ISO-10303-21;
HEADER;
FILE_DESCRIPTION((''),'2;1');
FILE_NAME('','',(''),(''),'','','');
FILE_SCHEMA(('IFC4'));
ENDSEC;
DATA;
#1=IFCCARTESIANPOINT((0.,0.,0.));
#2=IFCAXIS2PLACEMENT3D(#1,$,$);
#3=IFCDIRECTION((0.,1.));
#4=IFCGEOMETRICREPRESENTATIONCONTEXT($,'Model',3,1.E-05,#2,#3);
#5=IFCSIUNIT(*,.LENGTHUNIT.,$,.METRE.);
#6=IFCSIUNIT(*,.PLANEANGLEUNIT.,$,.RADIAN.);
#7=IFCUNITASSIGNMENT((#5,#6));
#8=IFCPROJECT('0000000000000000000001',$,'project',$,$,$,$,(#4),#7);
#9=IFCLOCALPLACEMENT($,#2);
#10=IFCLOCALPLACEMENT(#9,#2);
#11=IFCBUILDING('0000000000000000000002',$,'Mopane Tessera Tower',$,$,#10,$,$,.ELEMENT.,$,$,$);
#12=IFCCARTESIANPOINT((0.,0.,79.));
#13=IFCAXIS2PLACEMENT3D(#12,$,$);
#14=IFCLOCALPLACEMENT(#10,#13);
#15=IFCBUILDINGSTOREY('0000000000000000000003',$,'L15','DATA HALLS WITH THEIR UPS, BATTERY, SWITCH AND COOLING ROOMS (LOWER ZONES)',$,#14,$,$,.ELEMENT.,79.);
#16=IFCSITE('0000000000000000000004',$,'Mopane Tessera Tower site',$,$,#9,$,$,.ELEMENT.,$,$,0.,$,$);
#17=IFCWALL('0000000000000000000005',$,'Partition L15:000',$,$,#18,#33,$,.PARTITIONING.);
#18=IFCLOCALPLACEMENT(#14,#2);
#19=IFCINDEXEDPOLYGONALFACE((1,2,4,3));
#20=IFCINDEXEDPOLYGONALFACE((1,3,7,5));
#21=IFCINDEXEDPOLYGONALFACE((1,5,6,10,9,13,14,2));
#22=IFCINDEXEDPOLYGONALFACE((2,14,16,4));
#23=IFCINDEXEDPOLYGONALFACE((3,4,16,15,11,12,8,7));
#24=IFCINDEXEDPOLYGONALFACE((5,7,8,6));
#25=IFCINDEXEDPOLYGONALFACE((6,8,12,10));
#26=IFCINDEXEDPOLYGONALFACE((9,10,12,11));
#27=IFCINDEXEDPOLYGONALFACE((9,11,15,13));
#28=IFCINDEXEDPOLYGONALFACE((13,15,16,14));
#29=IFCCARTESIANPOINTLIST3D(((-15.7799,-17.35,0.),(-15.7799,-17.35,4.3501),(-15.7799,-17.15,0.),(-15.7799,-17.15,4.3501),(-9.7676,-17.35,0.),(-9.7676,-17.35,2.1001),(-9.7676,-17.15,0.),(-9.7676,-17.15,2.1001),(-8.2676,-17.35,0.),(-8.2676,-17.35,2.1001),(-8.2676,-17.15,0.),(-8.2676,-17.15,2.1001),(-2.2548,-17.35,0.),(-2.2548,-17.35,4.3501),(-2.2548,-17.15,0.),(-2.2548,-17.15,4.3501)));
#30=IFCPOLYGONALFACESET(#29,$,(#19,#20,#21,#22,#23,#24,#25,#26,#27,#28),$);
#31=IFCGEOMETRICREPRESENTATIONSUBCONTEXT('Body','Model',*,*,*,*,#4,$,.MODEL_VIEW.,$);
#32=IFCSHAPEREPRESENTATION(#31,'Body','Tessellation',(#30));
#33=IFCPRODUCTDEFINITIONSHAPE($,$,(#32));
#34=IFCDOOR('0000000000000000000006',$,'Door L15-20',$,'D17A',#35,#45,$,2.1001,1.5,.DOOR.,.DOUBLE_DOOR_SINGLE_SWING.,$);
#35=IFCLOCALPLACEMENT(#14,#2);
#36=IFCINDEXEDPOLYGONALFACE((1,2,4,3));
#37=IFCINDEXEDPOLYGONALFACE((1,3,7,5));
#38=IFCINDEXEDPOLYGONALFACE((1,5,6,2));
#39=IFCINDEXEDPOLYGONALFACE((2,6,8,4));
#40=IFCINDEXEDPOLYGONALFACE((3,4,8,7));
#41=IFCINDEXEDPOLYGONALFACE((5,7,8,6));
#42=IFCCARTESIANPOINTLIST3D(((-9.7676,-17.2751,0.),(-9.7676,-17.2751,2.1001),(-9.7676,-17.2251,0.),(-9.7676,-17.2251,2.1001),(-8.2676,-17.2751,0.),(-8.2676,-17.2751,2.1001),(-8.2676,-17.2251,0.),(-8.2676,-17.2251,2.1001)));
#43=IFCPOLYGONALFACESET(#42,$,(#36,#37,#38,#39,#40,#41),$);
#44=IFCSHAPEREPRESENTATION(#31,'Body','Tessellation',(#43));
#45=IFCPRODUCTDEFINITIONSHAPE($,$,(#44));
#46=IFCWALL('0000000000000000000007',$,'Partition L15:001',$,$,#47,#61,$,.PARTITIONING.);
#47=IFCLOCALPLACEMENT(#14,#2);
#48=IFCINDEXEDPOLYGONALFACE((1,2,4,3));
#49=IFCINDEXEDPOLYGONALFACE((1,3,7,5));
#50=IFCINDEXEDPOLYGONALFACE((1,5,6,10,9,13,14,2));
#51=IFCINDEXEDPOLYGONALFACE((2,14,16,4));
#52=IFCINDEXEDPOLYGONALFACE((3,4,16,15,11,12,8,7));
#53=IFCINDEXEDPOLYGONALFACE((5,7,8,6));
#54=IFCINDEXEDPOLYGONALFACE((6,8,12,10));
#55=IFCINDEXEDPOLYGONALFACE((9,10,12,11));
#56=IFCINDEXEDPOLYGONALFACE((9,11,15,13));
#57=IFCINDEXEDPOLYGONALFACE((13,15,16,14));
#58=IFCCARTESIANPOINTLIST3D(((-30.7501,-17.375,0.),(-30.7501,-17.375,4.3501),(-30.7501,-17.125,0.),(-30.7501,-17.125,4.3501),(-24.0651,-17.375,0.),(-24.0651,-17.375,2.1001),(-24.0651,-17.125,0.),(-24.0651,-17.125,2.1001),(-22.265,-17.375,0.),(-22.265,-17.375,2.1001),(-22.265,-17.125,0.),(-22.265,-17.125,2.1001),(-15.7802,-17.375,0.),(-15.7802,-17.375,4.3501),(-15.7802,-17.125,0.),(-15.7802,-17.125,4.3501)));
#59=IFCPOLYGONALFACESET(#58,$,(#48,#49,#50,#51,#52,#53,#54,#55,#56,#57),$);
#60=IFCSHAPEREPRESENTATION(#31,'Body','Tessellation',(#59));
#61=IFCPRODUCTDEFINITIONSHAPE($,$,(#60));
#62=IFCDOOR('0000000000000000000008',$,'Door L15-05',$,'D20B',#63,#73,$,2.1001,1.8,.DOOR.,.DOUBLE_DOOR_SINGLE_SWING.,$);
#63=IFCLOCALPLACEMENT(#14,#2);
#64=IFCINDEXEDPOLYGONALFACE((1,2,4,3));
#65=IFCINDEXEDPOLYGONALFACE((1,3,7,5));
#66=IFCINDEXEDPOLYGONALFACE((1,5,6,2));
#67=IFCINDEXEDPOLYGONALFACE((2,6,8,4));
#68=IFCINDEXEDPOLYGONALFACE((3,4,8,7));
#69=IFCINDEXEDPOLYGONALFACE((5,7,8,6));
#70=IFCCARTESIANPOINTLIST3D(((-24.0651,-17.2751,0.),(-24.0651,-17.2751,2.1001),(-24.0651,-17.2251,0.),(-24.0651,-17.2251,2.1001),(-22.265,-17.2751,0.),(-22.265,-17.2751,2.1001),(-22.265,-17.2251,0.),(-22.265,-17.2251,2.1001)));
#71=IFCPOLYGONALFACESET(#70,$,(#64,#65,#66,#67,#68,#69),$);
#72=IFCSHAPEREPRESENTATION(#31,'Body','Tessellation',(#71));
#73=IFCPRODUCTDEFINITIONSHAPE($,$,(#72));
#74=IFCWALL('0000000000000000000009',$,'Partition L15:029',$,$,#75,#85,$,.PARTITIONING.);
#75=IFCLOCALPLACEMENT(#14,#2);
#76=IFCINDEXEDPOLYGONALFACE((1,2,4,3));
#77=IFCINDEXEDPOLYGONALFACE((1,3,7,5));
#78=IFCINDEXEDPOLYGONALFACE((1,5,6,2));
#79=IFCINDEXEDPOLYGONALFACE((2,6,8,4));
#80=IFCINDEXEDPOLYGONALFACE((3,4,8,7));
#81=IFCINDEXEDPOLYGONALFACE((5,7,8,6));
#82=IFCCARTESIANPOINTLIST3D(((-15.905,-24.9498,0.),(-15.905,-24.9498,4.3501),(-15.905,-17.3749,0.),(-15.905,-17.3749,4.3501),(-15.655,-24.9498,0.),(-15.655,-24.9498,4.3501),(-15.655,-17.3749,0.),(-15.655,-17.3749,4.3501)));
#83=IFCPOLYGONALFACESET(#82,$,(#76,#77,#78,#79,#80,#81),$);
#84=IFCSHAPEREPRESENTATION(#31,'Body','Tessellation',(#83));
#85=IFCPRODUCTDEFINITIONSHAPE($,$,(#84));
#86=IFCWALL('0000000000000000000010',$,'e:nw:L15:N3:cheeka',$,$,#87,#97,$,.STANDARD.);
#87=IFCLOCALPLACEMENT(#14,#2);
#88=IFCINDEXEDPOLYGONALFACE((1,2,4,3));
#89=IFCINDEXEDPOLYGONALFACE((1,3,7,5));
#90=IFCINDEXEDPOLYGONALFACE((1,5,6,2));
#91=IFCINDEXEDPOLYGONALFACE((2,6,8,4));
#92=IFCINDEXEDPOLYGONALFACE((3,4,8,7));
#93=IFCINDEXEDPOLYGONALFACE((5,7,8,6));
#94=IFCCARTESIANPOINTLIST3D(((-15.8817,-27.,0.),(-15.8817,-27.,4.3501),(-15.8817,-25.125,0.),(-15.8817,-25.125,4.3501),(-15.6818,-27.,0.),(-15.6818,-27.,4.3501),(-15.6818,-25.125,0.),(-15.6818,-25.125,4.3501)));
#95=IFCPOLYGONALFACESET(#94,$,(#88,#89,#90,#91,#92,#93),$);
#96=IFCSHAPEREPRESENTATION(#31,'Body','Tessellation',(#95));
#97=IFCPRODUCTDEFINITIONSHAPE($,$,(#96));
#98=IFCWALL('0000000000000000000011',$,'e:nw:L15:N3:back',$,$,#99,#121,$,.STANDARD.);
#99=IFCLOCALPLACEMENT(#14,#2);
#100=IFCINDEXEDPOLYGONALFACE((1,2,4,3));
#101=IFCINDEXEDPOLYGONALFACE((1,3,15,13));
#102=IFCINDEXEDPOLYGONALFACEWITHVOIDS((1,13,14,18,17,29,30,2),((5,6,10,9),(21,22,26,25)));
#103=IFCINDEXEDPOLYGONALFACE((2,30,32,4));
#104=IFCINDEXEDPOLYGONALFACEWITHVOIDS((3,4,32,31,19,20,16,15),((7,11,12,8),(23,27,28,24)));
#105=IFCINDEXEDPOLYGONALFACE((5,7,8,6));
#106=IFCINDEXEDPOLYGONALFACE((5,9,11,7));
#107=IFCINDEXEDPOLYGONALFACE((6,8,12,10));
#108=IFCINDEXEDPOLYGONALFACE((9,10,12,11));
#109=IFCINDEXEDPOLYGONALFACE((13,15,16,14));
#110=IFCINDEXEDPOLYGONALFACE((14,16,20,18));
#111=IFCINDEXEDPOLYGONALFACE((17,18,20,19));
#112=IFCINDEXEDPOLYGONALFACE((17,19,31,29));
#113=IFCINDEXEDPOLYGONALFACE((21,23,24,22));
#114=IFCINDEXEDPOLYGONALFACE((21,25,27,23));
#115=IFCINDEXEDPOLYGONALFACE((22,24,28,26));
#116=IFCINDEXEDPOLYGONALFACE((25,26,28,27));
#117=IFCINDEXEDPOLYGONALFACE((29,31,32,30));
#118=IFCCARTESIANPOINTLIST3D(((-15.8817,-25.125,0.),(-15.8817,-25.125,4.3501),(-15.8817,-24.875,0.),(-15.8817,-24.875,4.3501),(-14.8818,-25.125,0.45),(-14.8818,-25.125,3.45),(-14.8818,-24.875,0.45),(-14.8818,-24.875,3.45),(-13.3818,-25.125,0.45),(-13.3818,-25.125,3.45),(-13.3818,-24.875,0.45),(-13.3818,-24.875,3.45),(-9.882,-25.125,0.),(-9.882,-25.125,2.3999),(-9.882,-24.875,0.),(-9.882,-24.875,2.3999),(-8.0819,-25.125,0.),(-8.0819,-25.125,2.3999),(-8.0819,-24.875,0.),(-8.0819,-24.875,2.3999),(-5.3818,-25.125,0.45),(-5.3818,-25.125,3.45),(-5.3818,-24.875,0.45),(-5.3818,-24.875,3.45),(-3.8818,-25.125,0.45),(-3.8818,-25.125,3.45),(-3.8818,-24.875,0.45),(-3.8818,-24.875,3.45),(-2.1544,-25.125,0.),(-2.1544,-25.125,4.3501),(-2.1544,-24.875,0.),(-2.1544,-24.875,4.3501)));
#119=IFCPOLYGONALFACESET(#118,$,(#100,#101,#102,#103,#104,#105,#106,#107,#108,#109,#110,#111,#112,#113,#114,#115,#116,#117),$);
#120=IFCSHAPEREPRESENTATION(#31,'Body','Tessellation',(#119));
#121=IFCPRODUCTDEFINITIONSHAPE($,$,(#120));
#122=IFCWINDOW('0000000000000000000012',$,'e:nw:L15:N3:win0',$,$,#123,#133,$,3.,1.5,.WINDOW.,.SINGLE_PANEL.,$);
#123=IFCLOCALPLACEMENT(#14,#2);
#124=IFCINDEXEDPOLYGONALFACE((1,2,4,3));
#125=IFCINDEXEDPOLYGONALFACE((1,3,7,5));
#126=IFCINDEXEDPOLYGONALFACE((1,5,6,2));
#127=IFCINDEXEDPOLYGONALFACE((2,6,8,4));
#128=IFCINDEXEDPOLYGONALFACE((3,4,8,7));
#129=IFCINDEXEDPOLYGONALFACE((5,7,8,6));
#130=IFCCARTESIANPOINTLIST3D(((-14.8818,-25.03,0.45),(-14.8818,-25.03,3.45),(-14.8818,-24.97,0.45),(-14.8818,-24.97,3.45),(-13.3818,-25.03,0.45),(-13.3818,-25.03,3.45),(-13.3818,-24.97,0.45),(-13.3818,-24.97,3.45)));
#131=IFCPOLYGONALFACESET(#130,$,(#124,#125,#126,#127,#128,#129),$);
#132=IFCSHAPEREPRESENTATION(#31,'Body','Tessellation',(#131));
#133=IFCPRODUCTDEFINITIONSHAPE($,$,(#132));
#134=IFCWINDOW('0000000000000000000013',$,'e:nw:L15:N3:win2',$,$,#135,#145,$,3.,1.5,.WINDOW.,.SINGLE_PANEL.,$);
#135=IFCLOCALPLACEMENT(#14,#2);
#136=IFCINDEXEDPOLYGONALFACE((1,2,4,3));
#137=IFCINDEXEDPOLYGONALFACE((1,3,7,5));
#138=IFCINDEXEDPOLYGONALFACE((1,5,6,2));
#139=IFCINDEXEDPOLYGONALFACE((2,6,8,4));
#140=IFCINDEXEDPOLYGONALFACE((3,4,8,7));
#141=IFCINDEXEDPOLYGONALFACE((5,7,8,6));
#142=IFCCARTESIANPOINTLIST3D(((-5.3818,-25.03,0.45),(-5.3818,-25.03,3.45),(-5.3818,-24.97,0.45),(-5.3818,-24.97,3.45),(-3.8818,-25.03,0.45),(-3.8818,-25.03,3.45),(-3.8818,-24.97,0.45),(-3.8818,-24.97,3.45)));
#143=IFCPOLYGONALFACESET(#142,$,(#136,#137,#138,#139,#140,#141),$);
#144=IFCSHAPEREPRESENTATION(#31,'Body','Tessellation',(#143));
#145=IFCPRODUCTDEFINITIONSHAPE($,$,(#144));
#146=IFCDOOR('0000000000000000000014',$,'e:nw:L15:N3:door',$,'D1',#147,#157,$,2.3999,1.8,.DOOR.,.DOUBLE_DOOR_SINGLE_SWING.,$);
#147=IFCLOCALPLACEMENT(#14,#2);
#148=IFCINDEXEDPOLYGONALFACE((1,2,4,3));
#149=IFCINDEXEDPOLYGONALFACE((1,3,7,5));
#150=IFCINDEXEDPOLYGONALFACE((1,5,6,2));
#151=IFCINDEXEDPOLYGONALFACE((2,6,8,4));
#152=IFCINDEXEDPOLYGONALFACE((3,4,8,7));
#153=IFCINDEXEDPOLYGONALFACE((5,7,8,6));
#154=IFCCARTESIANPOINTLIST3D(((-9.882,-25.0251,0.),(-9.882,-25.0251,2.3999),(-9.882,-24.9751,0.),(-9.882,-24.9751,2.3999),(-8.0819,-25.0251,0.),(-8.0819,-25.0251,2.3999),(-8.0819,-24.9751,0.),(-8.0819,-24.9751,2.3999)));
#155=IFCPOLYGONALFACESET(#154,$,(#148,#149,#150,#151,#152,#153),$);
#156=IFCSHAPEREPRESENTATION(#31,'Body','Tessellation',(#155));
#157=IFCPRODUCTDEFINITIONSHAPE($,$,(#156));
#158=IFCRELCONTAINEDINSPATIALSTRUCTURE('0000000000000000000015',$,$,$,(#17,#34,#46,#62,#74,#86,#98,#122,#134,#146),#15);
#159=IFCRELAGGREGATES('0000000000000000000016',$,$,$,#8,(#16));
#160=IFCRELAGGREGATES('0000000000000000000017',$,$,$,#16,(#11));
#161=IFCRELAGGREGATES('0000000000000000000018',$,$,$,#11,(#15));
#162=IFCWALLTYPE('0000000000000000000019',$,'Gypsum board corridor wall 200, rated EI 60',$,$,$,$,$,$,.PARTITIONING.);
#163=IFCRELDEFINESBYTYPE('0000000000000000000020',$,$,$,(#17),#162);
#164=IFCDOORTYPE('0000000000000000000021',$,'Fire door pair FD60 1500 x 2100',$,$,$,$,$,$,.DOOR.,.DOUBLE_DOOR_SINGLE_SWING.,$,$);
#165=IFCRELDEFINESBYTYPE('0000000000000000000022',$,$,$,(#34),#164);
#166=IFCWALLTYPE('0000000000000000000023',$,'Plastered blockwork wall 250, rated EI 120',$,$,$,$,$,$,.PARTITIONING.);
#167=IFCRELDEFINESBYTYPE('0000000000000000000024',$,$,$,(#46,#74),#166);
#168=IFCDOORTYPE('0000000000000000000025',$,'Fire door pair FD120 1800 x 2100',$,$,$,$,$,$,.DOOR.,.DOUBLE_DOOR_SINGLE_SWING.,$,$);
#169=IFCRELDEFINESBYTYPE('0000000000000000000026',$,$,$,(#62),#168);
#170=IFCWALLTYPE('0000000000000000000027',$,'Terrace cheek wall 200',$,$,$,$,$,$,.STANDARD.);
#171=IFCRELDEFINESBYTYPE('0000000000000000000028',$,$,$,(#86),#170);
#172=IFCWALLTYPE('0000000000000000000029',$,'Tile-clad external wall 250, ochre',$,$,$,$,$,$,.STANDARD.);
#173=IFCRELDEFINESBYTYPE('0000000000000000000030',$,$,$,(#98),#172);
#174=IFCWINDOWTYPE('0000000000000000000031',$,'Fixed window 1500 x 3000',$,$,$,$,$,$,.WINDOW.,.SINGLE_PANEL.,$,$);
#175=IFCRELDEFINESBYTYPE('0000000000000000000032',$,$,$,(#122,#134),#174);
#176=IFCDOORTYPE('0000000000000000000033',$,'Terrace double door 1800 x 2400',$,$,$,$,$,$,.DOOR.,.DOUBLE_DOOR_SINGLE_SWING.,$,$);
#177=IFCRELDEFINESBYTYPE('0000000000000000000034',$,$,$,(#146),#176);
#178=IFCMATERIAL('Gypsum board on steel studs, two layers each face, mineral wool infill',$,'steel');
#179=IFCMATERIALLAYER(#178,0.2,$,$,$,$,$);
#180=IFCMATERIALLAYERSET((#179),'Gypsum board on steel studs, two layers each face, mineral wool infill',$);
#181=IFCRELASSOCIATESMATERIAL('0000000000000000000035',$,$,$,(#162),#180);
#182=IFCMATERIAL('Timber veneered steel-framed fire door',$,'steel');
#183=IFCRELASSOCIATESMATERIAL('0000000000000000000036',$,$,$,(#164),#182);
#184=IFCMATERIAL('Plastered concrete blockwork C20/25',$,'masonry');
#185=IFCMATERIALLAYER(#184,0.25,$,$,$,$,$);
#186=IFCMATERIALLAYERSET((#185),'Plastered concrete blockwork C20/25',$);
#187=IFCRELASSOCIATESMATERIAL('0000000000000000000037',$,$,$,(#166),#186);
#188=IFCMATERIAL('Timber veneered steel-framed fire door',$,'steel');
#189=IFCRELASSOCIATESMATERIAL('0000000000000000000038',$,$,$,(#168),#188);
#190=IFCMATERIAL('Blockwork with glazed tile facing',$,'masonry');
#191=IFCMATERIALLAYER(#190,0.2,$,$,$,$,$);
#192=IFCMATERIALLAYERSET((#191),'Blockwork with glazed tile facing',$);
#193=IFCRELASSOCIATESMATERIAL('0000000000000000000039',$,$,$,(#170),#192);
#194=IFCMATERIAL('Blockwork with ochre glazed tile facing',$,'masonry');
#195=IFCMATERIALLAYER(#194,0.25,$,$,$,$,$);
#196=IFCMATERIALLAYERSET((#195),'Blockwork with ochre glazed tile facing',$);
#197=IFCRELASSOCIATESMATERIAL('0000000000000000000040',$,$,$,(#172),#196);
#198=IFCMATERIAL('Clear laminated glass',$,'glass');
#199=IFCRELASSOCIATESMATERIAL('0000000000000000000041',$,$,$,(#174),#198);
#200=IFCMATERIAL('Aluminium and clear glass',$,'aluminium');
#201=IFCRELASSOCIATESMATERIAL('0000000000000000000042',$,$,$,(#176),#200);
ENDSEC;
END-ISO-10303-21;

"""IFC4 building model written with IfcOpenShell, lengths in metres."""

from ifc_helpers import new_model, si_unit, direction, frame, frame_2d, origin, place, context, subcontext, project, spatial, rectangle, extrude, material, layer, layer_set, type_object, element, fill, save


model = new_model("IFC4")

# Units and contexts
model_context = context("Model", 3, precision=1e-05, world=origin(), true_north=direction((0.0, 1.0)))
body_context = subcontext(model_context, "Body", "Model", "MODEL_VIEW")
ifc_project = project(units=[si_unit("LENGTHUNIT", "METRE"), si_unit("PLANEANGLEUNIT", "RADIAN")], contexts=[model_context])

# Site, building, storey
site_placement = place(None, origin())
site = spatial("IfcSite", under=ifc_project, at=site_placement, Name="Mopane Tessera Tower site", CompositionType="ELEMENT", RefElevation=0.0)
building_placement = place(site_placement, origin())
building = spatial("IfcBuilding", under=site, at=building_placement, Name="Mopane Tessera Tower", CompositionType="ELEMENT")
storey_placement = place(building_placement, frame((0.0, 0.0, 79.0)))
storey = spatial("IfcBuildingStorey", under=building, at=storey_placement, Name="L15", Description="DATA HALLS WITH THEIR UPS, BATTERY, SWITCH AND COOLING ROOMS (LOWER ZONES)", CompositionType="ELEMENT", Elevation=79.0)

# Walls, openings, doors
ifc_material_1 = material(Name="Gypsum board on steel studs, two layers each face, mineral wool infill", Category="steel")
ifc_layer_1 = layer(ifc_material_1, 0.2)
ifc_layer_set_1 = layer_set([ifc_layer_1], Name="Gypsum board on steel studs, two layers each face, mineral wool infill")
wall_type_1 = type_object("IfcWallType", Name="Gypsum board corridor wall 200, rated EI 60", PredefinedType="PARTITIONING", material=ifc_layer_set_1)
wall_1_placement = place(storey_placement, frame((-15.78, -17.25, 0.0), z_axis=(0.0, 0.0, 1.0), x_axis=(1.0, 0.0, 0.0)))
wall_1 = element("IfcWall", 1, at=wall_1_placement, inside=storey, type_object=wall_type_1, Name="Partition L15:000", PredefinedType="PARTITIONING", context=body_context, shape_type="SweptSolid", body=[
    extrude(rectangle(XDim=13.5251, YDim=0.2, at=frame_2d((6.7627, 0.0))), origin(), (0.0, 0.0, 1.0), 4.3501),
])
opening_1_placement = place(wall_1_placement, frame((6.0125, 0.0, 0.0)))
opening_1 = element("IfcOpeningElement", 2, at=opening_1_placement, cuts=wall_1, PredefinedType="OPENING", context=body_context, shape_type="SweptSolid", body=[
    extrude(rectangle(XDim=1.5, YDim=2.1001, at=frame_2d((0.75, 1.05))), frame((0.0, 0.1121, 0.0), z_axis=(0.0, -1.0, 0.0), x_axis=(1.0, 0.0, 0.0)), (0.0, 0.0, 1.0), 0.2239),
])
ifc_material_2 = material(Name="Timber veneered steel-framed fire door", Category="steel")
door_type_1 = type_object("IfcDoorType", Name="Fire door pair FD60 1500 x 2100", OperationType="DOUBLE_DOOR_SINGLE_SWING", PredefinedType="DOOR", material=ifc_material_2)
door_1_placement = place(opening_1_placement, origin())
door_1 = element("IfcDoor", 3, at=door_1_placement, inside=storey, type_object=door_type_1, Name="Door L15-20", ObjectType="D17A", OperationType="DOUBLE_DOOR_SINGLE_SWING", OverallHeight=2.1001, OverallWidth=1.5, PredefinedType="DOOR", context=body_context, shape_type="SweptSolid", body=[
    extrude(rectangle(XDim=1.5, YDim=2.1001, at=frame_2d((0.75, 1.05))), frame((0.0, 0.0249, 0.0), z_axis=(0.0, -1.0, 0.0), x_axis=(1.0, 0.0, 0.0)), (0.0, 0.0, 1.0), 0.05),
])
fill(opening_1, door_1)
ifc_material_3 = material(Name="Plastered concrete blockwork C20/25", Category="masonry")
ifc_layer_2 = layer(ifc_material_3, 0.25)
ifc_layer_set_2 = layer_set([ifc_layer_2], Name="Plastered concrete blockwork C20/25")
wall_type_2 = type_object("IfcWallType", Name="Plastered blockwork wall 250, rated EI 120", PredefinedType="PARTITIONING", material=ifc_layer_set_2)
wall_2_placement = place(storey_placement, frame((-30.75, -17.25, 0.0), z_axis=(0.0, 0.0, 1.0), x_axis=(1.0, 0.0, 0.0)))
wall_2 = element("IfcWall", 4, at=wall_2_placement, inside=storey, type_object=wall_type_2, Name="Partition L15:001", PredefinedType="PARTITIONING", context=body_context, shape_type="SweptSolid", body=[
    extrude(rectangle(XDim=14.97, YDim=0.25, at=frame_2d((7.4849, 0.0))), origin(), (0.0, 0.0, 1.0), 4.3501),
])
opening_2_placement = place(wall_2_placement, frame((6.6851, 0.0, 0.0)))
opening_2 = element("IfcOpeningElement", 5, at=opening_2_placement, cuts=wall_2, PredefinedType="OPENING", context=body_context, shape_type="SweptSolid", body=[
    extrude(rectangle(XDim=1.8, YDim=2.1001, at=frame_2d((0.8999, 1.05))), frame((0.0, 0.137, 0.0), z_axis=(0.0, -1.0, 0.0), x_axis=(1.0, 0.0, 0.0)), (0.0, 0.0, 1.0), 0.2739),
])
ifc_material_4 = material(Name="Timber veneered steel-framed fire door", Category="steel")
door_type_2 = type_object("IfcDoorType", Name="Fire door pair FD120 1800 x 2100", OperationType="DOUBLE_DOOR_SINGLE_SWING", PredefinedType="DOOR", material=ifc_material_4)
door_2_placement = place(opening_2_placement, origin())
door_2 = element("IfcDoor", 6, at=door_2_placement, inside=storey, type_object=door_type_2, Name="Door L15-05", ObjectType="D20B", OperationType="DOUBLE_DOOR_SINGLE_SWING", OverallHeight=2.1001, OverallWidth=1.8, PredefinedType="DOOR", context=body_context, shape_type="SweptSolid", body=[
    extrude(rectangle(XDim=1.8, YDim=2.1001, at=frame_2d((0.8999, 1.05))), frame((0.0, 0.0249, 0.0), z_axis=(0.0, -1.0, 0.0), x_axis=(1.0, 0.0, 0.0)), (0.0, 0.0, 1.0), 0.05),
])
fill(opening_2, door_2)

# Walls
wall_3_placement = place(storey_placement, frame((-15.78, -24.95, 0.0), z_axis=(0.0, 0.0, 1.0), x_axis=(0.0, 1.0, 0.0)))
element("IfcWall", 7, at=wall_3_placement, inside=storey, type_object=wall_type_2, Name="Partition L15:029", PredefinedType="PARTITIONING", context=body_context, shape_type="SweptSolid", body=[
    extrude(rectangle(XDim=7.575, YDim=0.25, at=frame_2d((3.7876, 0.0))), origin(), (0.0, 0.0, 1.0), 4.3501),
])
ifc_material_5 = material(Name="Blockwork with glazed tile facing", Category="masonry")
ifc_layer_3 = layer(ifc_material_5, 0.2)
ifc_layer_set_3 = layer_set([ifc_layer_3], Name="Blockwork with glazed tile facing")
wall_type_3 = type_object("IfcWallType", Name="Terrace cheek wall 200", PredefinedType="STANDARD", material=ifc_layer_set_3)
wall_4_placement = place(storey_placement, frame((-15.7817, -27.0, 0.0), z_axis=(0.0, 0.0, 1.0), x_axis=(0.0, 1.0, 0.0)))
element("IfcWall", 8, at=wall_4_placement, inside=storey, type_object=wall_type_3, Name="e:nw:L15:N3:cheeka", PredefinedType="STANDARD", context=body_context, shape_type="SweptSolid", body=[
    extrude(rectangle(XDim=1.875, YDim=0.2, at=frame_2d((0.9375, 0.0))), origin(), (0.0, 0.0, 1.0), 4.3501),
])

# Wall, openings, windows, door
ifc_material_6 = material(Name="Blockwork with ochre glazed tile facing", Category="masonry")
ifc_layer_4 = layer(ifc_material_6, 0.25)
ifc_layer_set_4 = layer_set([ifc_layer_4], Name="Blockwork with ochre glazed tile facing")
wall_type_4 = type_object("IfcWallType", Name="Tile-clad external wall 250, ochre", PredefinedType="STANDARD", material=ifc_layer_set_4)
wall_5_placement = place(storey_placement, frame((-15.8818, -25.0, 0.0), z_axis=(0.0, 0.0, 1.0), x_axis=(1.0, 0.0, 0.0)))
wall_5 = element("IfcWall", 9, at=wall_5_placement, inside=storey, type_object=wall_type_4, Name="e:nw:L15:N3:back", PredefinedType="STANDARD", context=body_context, shape_type="SweptSolid", body=[
    extrude(rectangle(XDim=13.7273, YDim=0.25, at=frame_2d((6.8638, 0.0))), origin(), (0.0, 0.0, 1.0), 4.3501),
])
opening_3_placement = place(wall_5_placement, frame((1.0, 0.0, 0.45)))
opening_3 = element("IfcOpeningElement", 10, at=opening_3_placement, cuts=wall_5, PredefinedType="OPENING", context=body_context, shape_type="SweptSolid", body=[
    extrude(rectangle(XDim=1.5, YDim=3.0, at=frame_2d((0.75, 1.5))), frame((0.0, 0.137, 0.0), z_axis=(0.0, -1.0, 0.0), x_axis=(1.0, 0.0, 0.0)), (0.0, 0.0, 1.0), 0.2739),
])
opening_4_placement = place(wall_5_placement, frame((6.0, 0.0, 0.0)))
opening_4 = element("IfcOpeningElement", 11, at=opening_4_placement, cuts=wall_5, PredefinedType="OPENING", context=body_context, shape_type="SweptSolid", body=[
    extrude(rectangle(XDim=1.8, YDim=2.3999, at=frame_2d((0.8999, 1.2))), frame((0.0, 0.137, 0.0), z_axis=(0.0, -1.0, 0.0), x_axis=(1.0, 0.0, 0.0)), (0.0, 0.0, 1.0), 0.2739),
])
opening_5_placement = place(wall_5_placement, frame((10.5, 0.0, 0.45)))
opening_5 = element("IfcOpeningElement", 12, at=opening_5_placement, cuts=wall_5, PredefinedType="OPENING", context=body_context, shape_type="SweptSolid", body=[
    extrude(rectangle(XDim=1.5, YDim=3.0, at=frame_2d((0.75, 1.5))), frame((0.0, 0.137, 0.0), z_axis=(0.0, -1.0, 0.0), x_axis=(1.0, 0.0, 0.0)), (0.0, 0.0, 1.0), 0.2739),
])
ifc_material_7 = material(Name="Clear laminated glass", Category="glass")
window_type = type_object("IfcWindowType", Name="Fixed window 1500 x 3000", PartitioningType="SINGLE_PANEL", PredefinedType="WINDOW", material=ifc_material_7)
window_1_placement = place(opening_3_placement, origin())
window_1 = element("IfcWindow", 13, at=window_1_placement, inside=storey, type_object=window_type, Name="e:nw:L15:N3:win0", OverallHeight=3.0, OverallWidth=1.5, PartitioningType="SINGLE_PANEL", PredefinedType="WINDOW", context=body_context, shape_type="SweptSolid", body=[
    extrude(rectangle(XDim=1.5, YDim=3.0, at=frame_2d((0.75, 1.5))), frame((0.0, 0.03, 0.0), z_axis=(0.0, -1.0, 0.0), x_axis=(1.0, 0.0, 0.0)), (0.0, 0.0, 1.0), 0.0601),
])
fill(opening_3, window_1)
window_2_placement = place(opening_5_placement, origin())
window_2 = element("IfcWindow", 14, at=window_2_placement, inside=storey, type_object=window_type, Name="e:nw:L15:N3:win2", OverallHeight=3.0, OverallWidth=1.5, PartitioningType="SINGLE_PANEL", PredefinedType="WINDOW", context=body_context, shape_type="SweptSolid", body=[
    extrude(rectangle(XDim=1.5, YDim=3.0, at=frame_2d((0.75, 1.5))), frame((0.0, 0.03, 0.0), z_axis=(0.0, -1.0, 0.0), x_axis=(1.0, 0.0, 0.0)), (0.0, 0.0, 1.0), 0.0601),
])
fill(opening_5, window_2)
ifc_material_8 = material(Name="Aluminium and clear glass", Category="aluminium")
door_type_3 = type_object("IfcDoorType", Name="Terrace double door 1800 x 2400", OperationType="DOUBLE_DOOR_SINGLE_SWING", PredefinedType="DOOR", material=ifc_material_8)
door_3_placement = place(opening_4_placement, origin())
door_3 = element("IfcDoor", 15, at=door_3_placement, inside=storey, type_object=door_type_3, Name="e:nw:L15:N3:door", ObjectType="D1", OperationType="DOUBLE_DOOR_SINGLE_SWING", OverallHeight=2.3999, OverallWidth=1.8, PredefinedType="DOOR", context=body_context, shape_type="SweptSolid", body=[
    extrude(rectangle(XDim=1.8, YDim=2.3999, at=frame_2d((0.8999, 1.2))), frame((0.0, 0.0249, 0.0), z_axis=(0.0, -1.0, 0.0), x_axis=(1.0, 0.0, 0.0)), (0.0, 0.0, 1.0), 0.05),
])
fill(opening_4, door_3)

save(model, "model.ifc")
